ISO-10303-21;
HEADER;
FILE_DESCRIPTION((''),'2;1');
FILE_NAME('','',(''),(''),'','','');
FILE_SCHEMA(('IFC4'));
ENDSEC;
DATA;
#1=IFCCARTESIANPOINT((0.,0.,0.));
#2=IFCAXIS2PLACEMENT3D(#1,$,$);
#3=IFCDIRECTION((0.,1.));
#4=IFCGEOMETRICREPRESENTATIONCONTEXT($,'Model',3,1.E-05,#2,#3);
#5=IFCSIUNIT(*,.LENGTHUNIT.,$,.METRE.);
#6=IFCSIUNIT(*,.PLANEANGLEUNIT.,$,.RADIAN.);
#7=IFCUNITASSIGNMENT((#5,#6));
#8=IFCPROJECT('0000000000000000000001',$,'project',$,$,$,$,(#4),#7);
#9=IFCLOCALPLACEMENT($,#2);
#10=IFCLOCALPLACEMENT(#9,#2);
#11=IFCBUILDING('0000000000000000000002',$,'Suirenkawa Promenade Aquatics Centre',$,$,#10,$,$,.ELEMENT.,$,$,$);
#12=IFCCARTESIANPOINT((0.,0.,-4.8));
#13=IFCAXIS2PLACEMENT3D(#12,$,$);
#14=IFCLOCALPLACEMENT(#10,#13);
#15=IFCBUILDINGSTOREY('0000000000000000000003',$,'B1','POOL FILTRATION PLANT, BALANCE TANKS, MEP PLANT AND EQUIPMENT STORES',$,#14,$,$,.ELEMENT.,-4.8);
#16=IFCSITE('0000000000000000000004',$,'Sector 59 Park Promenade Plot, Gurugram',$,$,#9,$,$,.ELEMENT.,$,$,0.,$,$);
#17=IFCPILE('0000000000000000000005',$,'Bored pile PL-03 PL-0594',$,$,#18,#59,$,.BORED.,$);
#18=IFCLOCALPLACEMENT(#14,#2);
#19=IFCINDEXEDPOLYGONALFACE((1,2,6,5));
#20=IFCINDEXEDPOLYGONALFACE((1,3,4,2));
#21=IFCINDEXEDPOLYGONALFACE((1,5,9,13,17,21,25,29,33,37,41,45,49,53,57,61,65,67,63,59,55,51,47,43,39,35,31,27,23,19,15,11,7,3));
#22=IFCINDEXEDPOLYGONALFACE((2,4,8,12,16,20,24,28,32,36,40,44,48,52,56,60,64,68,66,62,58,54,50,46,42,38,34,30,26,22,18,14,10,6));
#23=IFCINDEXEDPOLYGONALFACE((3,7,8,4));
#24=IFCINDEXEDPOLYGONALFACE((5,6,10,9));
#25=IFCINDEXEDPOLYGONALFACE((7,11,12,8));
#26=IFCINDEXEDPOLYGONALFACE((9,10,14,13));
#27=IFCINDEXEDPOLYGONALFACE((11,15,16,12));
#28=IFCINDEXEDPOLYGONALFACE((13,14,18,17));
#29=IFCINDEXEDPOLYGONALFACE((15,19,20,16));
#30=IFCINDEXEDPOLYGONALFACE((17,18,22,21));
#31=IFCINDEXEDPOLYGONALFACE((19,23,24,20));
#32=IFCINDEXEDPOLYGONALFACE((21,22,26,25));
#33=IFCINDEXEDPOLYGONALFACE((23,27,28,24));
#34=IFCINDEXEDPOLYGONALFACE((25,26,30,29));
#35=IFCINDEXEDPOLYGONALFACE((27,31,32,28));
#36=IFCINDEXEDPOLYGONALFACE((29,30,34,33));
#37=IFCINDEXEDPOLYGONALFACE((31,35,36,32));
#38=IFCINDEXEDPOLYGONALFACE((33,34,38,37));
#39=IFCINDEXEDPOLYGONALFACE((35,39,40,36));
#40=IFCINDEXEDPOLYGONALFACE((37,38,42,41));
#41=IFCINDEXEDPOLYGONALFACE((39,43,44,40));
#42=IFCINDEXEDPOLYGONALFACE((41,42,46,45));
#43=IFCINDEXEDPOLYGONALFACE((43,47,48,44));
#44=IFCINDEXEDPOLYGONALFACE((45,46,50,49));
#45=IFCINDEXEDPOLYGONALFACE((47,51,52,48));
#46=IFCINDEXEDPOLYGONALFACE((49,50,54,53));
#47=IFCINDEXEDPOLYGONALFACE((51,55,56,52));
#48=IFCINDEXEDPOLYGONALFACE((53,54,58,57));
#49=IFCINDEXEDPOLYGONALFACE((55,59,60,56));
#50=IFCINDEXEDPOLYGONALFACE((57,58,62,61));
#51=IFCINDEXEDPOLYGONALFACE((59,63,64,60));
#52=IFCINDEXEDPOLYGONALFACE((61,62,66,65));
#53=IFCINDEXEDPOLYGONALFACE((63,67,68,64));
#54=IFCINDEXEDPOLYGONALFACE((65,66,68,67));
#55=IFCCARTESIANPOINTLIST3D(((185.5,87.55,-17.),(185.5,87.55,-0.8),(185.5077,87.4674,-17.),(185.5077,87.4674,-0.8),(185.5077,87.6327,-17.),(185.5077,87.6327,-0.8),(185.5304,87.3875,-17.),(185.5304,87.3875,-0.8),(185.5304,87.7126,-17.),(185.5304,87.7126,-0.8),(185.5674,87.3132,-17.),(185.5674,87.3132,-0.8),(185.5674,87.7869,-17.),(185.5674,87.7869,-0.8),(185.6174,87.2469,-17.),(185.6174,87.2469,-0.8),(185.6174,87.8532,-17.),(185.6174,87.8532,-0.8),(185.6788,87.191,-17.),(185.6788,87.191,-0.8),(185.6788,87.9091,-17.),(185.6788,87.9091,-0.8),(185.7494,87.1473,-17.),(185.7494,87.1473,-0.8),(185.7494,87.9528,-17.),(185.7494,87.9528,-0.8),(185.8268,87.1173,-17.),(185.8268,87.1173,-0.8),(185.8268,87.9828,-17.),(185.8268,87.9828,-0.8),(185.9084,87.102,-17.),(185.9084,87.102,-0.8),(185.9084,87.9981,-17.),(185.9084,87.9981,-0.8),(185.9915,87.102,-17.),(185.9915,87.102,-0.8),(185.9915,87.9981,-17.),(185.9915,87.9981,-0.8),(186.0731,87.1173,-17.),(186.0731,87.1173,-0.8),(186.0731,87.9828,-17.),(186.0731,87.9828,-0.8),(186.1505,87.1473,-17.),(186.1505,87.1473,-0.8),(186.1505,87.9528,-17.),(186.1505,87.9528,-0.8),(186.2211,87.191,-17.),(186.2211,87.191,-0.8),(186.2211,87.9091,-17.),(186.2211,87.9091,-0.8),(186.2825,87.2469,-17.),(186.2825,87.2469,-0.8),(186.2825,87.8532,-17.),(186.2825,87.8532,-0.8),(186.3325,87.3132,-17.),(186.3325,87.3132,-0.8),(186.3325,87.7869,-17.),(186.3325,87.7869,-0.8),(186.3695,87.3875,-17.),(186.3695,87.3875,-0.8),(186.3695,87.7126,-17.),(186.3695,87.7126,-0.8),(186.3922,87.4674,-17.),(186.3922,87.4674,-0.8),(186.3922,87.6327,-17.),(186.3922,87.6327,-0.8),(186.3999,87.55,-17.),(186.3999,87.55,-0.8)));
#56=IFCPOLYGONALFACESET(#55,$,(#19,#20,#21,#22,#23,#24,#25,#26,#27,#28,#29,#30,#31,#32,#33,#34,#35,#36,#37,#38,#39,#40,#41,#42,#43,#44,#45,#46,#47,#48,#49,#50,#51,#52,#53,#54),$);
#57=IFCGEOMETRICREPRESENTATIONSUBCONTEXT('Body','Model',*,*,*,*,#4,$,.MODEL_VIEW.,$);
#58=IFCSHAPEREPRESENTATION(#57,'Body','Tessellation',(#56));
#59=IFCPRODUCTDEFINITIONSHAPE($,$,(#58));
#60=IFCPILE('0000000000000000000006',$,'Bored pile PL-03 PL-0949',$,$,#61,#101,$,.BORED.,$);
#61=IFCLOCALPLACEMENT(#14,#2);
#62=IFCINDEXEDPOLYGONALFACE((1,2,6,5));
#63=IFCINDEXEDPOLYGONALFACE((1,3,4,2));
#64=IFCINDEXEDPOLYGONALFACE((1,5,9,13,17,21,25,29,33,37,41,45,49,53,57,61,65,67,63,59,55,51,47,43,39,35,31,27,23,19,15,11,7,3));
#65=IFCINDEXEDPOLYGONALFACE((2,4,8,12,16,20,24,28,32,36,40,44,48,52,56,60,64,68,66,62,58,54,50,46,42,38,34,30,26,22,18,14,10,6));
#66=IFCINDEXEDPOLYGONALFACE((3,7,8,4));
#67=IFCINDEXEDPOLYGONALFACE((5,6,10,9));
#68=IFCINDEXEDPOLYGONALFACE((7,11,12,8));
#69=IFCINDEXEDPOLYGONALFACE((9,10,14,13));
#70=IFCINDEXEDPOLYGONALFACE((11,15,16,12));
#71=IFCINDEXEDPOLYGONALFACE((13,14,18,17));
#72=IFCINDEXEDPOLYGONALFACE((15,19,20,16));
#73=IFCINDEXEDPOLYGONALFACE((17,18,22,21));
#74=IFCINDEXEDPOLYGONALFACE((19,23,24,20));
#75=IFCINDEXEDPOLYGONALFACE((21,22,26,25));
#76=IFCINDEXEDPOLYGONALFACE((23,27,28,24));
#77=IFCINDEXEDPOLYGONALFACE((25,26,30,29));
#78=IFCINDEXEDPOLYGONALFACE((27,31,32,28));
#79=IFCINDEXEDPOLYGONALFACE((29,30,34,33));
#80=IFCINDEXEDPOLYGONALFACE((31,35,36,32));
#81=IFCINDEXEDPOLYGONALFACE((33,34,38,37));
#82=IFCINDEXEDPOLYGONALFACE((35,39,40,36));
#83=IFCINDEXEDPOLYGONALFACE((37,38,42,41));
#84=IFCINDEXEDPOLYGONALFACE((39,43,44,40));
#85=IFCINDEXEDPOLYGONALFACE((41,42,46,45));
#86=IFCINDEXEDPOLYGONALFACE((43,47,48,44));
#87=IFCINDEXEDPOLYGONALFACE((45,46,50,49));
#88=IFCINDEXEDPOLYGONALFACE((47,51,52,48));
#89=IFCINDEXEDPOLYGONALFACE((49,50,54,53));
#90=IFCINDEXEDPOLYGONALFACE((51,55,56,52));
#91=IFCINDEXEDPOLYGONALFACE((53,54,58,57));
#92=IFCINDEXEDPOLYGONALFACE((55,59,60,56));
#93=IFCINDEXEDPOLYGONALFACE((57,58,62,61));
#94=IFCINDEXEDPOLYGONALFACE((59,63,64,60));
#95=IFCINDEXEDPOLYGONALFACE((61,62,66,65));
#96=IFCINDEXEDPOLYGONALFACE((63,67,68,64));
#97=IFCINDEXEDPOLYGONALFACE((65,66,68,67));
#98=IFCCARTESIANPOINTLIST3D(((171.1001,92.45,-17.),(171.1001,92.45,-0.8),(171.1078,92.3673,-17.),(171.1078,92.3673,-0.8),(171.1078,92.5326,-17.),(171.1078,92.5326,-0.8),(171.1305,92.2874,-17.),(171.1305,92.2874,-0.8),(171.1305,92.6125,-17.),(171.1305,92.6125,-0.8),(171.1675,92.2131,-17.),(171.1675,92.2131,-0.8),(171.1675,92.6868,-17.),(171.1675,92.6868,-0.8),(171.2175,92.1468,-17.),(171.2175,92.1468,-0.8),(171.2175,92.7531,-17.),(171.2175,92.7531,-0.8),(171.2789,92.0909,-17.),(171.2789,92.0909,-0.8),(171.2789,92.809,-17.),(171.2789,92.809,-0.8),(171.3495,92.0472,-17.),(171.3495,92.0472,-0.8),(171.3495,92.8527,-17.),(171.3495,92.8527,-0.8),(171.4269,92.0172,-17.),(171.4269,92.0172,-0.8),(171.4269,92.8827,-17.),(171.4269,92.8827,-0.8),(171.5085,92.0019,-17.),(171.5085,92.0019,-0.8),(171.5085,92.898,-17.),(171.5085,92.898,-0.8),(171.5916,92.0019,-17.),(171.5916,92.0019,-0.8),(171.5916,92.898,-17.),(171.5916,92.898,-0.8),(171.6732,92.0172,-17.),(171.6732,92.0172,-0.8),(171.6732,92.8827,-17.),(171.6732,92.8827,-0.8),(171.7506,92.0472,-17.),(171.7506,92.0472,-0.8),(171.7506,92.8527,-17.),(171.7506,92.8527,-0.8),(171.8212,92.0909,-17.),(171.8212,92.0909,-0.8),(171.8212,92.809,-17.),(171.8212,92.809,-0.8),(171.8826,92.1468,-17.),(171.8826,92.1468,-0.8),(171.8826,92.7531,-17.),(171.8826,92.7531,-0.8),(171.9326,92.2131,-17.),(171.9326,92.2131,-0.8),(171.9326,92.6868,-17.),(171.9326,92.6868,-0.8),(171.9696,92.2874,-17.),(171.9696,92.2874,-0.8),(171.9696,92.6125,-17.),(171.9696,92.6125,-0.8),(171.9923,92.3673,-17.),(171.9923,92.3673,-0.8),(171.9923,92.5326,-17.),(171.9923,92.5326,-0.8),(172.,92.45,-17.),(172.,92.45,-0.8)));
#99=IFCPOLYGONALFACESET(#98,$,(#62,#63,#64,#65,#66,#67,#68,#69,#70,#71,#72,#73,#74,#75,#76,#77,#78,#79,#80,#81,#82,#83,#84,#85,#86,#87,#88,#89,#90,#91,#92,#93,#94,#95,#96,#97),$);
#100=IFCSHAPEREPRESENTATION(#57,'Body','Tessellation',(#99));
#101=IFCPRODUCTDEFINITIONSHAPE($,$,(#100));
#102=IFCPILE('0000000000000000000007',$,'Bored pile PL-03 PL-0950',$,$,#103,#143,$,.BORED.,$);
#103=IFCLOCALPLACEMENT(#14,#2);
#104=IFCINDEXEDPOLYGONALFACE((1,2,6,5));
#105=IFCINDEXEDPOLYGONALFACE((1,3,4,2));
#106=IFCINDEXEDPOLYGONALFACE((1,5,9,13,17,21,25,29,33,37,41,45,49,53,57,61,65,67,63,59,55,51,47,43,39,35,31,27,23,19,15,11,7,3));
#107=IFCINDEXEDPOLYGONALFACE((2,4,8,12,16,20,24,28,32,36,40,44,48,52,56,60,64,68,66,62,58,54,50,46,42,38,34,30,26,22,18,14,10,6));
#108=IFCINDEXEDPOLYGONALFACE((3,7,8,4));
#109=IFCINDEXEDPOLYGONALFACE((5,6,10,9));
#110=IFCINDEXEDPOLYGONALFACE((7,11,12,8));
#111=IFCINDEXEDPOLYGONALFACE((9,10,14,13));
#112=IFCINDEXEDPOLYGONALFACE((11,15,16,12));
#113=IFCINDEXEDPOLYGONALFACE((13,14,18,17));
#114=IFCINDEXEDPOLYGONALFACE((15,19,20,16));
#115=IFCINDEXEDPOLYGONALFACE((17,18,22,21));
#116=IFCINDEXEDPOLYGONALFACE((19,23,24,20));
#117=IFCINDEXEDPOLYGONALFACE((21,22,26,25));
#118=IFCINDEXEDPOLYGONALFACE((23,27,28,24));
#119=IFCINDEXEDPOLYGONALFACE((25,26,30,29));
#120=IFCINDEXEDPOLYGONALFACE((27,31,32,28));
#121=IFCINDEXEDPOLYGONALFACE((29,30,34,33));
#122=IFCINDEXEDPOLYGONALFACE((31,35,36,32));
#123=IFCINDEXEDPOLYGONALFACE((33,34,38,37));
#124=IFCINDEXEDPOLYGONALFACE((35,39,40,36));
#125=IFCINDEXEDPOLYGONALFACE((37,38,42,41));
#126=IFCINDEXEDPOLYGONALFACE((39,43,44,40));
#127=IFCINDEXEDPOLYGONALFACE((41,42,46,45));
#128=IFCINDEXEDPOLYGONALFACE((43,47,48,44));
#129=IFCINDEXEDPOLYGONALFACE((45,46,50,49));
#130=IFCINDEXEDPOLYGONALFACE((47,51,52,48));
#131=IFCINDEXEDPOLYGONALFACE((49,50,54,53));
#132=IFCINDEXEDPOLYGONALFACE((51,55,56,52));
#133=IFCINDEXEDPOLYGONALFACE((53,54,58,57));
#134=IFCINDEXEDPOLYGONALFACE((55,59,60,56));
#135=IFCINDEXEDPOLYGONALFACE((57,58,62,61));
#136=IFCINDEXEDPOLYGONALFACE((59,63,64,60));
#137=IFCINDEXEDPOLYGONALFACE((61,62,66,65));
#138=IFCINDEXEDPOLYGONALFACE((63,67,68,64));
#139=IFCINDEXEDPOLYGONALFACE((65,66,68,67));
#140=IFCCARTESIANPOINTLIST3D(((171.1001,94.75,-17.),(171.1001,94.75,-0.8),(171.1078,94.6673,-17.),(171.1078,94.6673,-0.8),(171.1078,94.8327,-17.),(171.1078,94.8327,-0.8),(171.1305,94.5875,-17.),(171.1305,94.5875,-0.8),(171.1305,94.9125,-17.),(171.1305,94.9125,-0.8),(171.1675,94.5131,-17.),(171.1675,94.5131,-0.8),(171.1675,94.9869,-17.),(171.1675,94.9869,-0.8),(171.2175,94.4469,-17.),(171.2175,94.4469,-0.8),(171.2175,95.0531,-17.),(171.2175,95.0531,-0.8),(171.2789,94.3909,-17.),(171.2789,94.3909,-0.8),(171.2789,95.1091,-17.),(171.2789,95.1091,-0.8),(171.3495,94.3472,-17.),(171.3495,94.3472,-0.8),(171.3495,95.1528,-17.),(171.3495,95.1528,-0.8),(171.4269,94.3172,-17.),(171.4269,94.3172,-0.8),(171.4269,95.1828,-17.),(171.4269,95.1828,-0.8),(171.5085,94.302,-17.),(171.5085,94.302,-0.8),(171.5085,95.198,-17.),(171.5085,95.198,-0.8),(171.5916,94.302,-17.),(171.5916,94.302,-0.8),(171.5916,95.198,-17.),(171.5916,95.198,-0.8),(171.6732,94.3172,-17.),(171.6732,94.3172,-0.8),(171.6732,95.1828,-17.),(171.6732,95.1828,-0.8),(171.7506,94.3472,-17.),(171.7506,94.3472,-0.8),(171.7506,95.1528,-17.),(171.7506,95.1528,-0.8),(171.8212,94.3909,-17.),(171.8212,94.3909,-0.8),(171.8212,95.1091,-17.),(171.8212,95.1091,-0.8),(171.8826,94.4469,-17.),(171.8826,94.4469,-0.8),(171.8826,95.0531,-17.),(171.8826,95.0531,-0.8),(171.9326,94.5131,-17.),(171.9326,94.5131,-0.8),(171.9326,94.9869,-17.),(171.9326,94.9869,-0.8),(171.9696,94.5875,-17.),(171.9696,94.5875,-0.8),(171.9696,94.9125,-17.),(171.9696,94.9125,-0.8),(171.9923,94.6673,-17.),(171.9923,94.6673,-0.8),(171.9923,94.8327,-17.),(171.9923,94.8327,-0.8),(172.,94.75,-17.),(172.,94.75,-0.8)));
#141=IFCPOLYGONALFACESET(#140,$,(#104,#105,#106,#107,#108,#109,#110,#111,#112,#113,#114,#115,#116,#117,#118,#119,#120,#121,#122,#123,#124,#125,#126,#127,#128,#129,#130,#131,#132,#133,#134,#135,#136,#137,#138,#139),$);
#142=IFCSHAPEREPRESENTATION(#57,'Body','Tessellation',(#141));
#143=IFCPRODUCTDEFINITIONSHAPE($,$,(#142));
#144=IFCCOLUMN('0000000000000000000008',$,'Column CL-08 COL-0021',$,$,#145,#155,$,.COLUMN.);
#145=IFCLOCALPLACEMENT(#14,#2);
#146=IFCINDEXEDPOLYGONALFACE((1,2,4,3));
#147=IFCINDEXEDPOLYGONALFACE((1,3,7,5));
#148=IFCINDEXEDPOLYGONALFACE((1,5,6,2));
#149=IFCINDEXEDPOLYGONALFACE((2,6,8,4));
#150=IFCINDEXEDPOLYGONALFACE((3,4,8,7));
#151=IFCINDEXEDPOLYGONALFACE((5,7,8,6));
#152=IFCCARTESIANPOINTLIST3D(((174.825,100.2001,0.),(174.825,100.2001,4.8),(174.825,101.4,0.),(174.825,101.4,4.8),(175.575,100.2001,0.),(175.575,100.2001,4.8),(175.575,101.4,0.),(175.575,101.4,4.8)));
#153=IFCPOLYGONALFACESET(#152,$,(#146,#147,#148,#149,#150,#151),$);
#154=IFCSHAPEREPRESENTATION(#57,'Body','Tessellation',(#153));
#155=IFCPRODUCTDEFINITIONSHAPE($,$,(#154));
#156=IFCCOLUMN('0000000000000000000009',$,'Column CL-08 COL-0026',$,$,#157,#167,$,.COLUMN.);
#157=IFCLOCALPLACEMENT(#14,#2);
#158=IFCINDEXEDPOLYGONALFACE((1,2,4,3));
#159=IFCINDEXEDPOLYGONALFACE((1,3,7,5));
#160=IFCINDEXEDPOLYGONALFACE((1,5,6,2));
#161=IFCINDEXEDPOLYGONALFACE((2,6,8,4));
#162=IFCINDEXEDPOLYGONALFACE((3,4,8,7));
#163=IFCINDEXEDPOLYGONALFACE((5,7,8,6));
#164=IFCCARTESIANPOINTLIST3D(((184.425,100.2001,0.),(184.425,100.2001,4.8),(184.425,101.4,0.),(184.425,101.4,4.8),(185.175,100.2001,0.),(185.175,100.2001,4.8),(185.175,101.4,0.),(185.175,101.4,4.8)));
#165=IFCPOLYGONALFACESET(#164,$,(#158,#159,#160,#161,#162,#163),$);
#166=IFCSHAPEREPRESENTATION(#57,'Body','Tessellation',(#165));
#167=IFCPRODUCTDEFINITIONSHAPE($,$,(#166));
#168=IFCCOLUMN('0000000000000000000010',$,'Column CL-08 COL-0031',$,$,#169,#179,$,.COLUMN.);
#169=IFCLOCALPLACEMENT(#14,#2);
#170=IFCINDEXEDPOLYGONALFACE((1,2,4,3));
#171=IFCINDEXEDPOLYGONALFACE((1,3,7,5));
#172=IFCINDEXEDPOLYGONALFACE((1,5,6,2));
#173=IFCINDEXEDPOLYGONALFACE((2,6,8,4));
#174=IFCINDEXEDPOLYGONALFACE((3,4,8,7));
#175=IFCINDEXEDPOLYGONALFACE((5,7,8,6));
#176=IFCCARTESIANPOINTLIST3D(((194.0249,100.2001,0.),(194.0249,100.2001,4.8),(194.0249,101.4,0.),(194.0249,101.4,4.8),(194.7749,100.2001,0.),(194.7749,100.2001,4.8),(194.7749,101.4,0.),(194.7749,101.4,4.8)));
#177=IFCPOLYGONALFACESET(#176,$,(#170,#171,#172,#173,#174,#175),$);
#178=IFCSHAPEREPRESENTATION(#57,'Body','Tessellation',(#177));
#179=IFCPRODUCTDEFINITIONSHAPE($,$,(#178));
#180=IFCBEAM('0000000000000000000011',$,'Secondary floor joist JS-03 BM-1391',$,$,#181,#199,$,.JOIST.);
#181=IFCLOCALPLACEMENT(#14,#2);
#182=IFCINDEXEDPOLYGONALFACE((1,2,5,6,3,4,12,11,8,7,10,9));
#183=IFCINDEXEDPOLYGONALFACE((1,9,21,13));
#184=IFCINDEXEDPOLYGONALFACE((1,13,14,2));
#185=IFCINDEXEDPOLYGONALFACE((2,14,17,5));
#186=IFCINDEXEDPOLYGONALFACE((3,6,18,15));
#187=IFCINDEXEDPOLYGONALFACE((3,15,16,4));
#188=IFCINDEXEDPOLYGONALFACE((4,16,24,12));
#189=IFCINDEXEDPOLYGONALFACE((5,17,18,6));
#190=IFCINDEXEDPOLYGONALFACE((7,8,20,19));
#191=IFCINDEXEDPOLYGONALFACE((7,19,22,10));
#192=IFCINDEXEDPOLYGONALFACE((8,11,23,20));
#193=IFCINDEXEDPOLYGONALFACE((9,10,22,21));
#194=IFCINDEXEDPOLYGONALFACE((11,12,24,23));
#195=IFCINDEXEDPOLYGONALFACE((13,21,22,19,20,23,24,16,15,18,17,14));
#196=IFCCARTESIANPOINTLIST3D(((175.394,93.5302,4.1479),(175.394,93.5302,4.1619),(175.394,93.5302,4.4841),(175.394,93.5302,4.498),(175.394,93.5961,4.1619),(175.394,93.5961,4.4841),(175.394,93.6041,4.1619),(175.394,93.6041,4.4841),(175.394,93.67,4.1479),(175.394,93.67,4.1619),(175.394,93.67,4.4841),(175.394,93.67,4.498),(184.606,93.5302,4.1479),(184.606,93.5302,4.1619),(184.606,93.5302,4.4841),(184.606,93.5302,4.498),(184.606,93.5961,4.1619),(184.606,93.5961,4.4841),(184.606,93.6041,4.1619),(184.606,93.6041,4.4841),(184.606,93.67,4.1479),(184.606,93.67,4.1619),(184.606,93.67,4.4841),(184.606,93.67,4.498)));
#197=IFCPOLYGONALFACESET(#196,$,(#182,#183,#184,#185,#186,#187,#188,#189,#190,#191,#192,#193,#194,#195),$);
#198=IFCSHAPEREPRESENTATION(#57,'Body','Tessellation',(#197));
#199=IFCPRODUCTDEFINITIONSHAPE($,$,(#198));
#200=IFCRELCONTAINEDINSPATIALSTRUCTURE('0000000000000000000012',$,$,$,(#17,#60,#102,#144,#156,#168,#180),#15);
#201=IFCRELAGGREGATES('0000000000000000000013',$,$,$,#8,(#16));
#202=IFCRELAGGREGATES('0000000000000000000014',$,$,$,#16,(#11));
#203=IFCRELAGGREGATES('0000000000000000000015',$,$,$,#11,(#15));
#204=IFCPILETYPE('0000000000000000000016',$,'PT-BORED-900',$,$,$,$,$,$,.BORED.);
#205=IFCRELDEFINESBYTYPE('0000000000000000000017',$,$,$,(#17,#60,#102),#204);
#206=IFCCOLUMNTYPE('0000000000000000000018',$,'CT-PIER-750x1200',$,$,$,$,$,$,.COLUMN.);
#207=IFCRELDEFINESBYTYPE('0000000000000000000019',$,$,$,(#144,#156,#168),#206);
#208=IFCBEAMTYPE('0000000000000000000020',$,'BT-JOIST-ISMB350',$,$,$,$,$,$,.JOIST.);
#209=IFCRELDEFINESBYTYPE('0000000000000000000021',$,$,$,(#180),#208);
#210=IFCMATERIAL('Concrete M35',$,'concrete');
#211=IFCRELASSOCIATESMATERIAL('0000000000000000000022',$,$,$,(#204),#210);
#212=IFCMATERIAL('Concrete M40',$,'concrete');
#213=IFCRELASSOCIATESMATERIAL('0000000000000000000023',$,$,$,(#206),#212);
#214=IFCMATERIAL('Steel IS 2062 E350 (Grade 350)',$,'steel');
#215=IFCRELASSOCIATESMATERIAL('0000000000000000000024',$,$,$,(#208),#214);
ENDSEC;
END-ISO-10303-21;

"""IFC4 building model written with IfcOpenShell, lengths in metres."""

from ifc_helpers import new_model, si_unit, direction, frame, origin, origin_2d, place, context, subcontext, project, spatial, rectangle, circle, i_section, extrude, material, material_profile, profile_set, type_object, element, save


model = new_model("IFC4")

# Units and contexts
model_context = context("Model", 3, precision=1e-05, world=origin(), true_north=direction((0.0, 1.0)))
body_context = subcontext(model_context, "Body", "Model", "MODEL_VIEW")
ifc_project = project(units=[si_unit("LENGTHUNIT", "METRE"), si_unit("PLANEANGLEUNIT", "RADIAN")], contexts=[model_context])

# Site, building, storey
site_placement = place(None, origin())
site = spatial("IfcSite", under=ifc_project, at=site_placement, Name="Sector 59 Park Promenade Plot, Gurugram", CompositionType="ELEMENT", RefElevation=0.0)
building_placement = place(site_placement, origin())
building = spatial("IfcBuilding", under=site, at=building_placement, Name="Suirenkawa Promenade Aquatics Centre", CompositionType="ELEMENT")
storey_placement = place(building_placement, frame((0.0, 0.0, -4.8)))
storey = spatial("IfcBuildingStorey", under=building, at=storey_placement, Name="B1", Description="POOL FILTRATION PLANT, BALANCE TANKS, MEP PLANT AND EQUIPMENT STORES", CompositionType="ELEMENT", Elevation=-4.8)

# Shared definitions
ifc_material_1 = material(Name="Concrete M35", Category="concrete")

# Piles
ifc_material_profile_1 = material_profile(ifc_material_1, circle(Radius=0.45, at=origin_2d()), Name="PILE D900", Category="concrete")
ifc_profile_set_1 = profile_set([ifc_material_profile_1], Name="Concrete M35")
pile_type_1 = type_object("IfcPileType", Name="PT-BORED-900", PredefinedType="BORED", material=ifc_profile_set_1)
for number, where, z_axis, x_axis, name in (
    (1, (185.95, 87.55, -0.8), (0.0, 0.0, -1.0), (1.0, 0.0, 0.0), "Bored pile PL-03 PL-0594"),
    (2, (171.55, 92.45, -0.8), (0.0, 0.0, -1.0), (1.0, 0.0, 0.0), "Bored pile PL-03 PL-0949"),
    (3, (171.55, 94.75, -0.8), (0.0, 0.0, -1.0), (1.0, 0.0, 0.0), "Bored pile PL-03 PL-0950"),
):
    element("IfcPile", number, at=place(storey_placement, frame(where, z_axis=z_axis, x_axis=x_axis)), inside=storey, type_object=pile_type_1, Name=name, PredefinedType="BORED", context=body_context, shape_type="SweptSolid", body=[
        extrude(circle(Radius=0.45, at=origin_2d()), origin(), (0.0, 0.0, 1.0), 16.2),
    ])

# Columns
ifc_material_2 = material(Name="Concrete M40", Category="concrete")
ifc_material_profile_2 = material_profile(ifc_material_2, rectangle(XDim=0.75, YDim=1.2, at=origin_2d()), Name="RC PIER 750x1200", Category="concrete")
ifc_profile_set_2 = profile_set([ifc_material_profile_2], Name="Concrete M40")
column_type = type_object("IfcColumnType", Name="CT-PIER-750x1200", PredefinedType="COLUMN", material=ifc_profile_set_2)
for number, where, z_axis, x_axis, name in (
    (4, (175.2, 100.8, 0.0), (0.0, 0.0, 1.0), (1.0, 0.0, 0.0), "Column CL-08 COL-0021"),
    (5, (184.8, 100.8, 0.0), (0.0, 0.0, 1.0), (1.0, 0.0, 0.0), "Column CL-08 COL-0026"),
    (6, (194.3999, 100.8, 0.0), (0.0, 0.0, 1.0), (1.0, 0.0, 0.0), "Column CL-08 COL-0031"),
):
    element("IfcColumn", number, at=place(storey_placement, frame(where, z_axis=z_axis, x_axis=x_axis)), inside=storey, type_object=column_type, Name=name, PredefinedType="COLUMN", context=body_context, shape_type="SweptSolid", body=[
        extrude(rectangle(XDim=0.75, YDim=1.2, at=origin_2d()), origin(), (0.0, 0.0, 1.0), 4.8),
    ])

# Beam
ifc_material_3 = material(Name="Steel IS 2062 E350 (Grade 350)", Category="steel")
ifc_material_profile_3 = material_profile(ifc_material_3, i_section(OverallWidth=0.1399, OverallDepth=0.3501, WebThickness=0.0081, FlangeThickness=0.0139, at=origin_2d()), Name="ISMB 350", Category="steel")
ifc_profile_set_3 = profile_set([ifc_material_profile_3], Name="Steel IS 2062 E350 (Grade 350)")
beam_type_1 = type_object("IfcBeamType", Name="BT-JOIST-ISMB350", PredefinedType="JOIST", material=ifc_profile_set_3)
beam_1_placement = place(storey_placement, frame((175.394, 93.6001, 4.323), z_axis=(1.0, 0.0, 0.0), x_axis=(0.0, 1.0, 0.0)))
element("IfcBeam", 7, at=beam_1_placement, inside=storey, type_object=beam_type_1, Name="Secondary floor joist JS-03 BM-1391", PredefinedType="JOIST", context=body_context, shape_type="SweptSolid", body=[
    extrude(i_section(OverallWidth=0.1399, OverallDepth=0.3501, WebThickness=0.0081, FlangeThickness=0.0139, at=origin_2d()), origin(), (0.0, 0.0, 1.0), 9.2119),
])

save(model, "model.ifc")
